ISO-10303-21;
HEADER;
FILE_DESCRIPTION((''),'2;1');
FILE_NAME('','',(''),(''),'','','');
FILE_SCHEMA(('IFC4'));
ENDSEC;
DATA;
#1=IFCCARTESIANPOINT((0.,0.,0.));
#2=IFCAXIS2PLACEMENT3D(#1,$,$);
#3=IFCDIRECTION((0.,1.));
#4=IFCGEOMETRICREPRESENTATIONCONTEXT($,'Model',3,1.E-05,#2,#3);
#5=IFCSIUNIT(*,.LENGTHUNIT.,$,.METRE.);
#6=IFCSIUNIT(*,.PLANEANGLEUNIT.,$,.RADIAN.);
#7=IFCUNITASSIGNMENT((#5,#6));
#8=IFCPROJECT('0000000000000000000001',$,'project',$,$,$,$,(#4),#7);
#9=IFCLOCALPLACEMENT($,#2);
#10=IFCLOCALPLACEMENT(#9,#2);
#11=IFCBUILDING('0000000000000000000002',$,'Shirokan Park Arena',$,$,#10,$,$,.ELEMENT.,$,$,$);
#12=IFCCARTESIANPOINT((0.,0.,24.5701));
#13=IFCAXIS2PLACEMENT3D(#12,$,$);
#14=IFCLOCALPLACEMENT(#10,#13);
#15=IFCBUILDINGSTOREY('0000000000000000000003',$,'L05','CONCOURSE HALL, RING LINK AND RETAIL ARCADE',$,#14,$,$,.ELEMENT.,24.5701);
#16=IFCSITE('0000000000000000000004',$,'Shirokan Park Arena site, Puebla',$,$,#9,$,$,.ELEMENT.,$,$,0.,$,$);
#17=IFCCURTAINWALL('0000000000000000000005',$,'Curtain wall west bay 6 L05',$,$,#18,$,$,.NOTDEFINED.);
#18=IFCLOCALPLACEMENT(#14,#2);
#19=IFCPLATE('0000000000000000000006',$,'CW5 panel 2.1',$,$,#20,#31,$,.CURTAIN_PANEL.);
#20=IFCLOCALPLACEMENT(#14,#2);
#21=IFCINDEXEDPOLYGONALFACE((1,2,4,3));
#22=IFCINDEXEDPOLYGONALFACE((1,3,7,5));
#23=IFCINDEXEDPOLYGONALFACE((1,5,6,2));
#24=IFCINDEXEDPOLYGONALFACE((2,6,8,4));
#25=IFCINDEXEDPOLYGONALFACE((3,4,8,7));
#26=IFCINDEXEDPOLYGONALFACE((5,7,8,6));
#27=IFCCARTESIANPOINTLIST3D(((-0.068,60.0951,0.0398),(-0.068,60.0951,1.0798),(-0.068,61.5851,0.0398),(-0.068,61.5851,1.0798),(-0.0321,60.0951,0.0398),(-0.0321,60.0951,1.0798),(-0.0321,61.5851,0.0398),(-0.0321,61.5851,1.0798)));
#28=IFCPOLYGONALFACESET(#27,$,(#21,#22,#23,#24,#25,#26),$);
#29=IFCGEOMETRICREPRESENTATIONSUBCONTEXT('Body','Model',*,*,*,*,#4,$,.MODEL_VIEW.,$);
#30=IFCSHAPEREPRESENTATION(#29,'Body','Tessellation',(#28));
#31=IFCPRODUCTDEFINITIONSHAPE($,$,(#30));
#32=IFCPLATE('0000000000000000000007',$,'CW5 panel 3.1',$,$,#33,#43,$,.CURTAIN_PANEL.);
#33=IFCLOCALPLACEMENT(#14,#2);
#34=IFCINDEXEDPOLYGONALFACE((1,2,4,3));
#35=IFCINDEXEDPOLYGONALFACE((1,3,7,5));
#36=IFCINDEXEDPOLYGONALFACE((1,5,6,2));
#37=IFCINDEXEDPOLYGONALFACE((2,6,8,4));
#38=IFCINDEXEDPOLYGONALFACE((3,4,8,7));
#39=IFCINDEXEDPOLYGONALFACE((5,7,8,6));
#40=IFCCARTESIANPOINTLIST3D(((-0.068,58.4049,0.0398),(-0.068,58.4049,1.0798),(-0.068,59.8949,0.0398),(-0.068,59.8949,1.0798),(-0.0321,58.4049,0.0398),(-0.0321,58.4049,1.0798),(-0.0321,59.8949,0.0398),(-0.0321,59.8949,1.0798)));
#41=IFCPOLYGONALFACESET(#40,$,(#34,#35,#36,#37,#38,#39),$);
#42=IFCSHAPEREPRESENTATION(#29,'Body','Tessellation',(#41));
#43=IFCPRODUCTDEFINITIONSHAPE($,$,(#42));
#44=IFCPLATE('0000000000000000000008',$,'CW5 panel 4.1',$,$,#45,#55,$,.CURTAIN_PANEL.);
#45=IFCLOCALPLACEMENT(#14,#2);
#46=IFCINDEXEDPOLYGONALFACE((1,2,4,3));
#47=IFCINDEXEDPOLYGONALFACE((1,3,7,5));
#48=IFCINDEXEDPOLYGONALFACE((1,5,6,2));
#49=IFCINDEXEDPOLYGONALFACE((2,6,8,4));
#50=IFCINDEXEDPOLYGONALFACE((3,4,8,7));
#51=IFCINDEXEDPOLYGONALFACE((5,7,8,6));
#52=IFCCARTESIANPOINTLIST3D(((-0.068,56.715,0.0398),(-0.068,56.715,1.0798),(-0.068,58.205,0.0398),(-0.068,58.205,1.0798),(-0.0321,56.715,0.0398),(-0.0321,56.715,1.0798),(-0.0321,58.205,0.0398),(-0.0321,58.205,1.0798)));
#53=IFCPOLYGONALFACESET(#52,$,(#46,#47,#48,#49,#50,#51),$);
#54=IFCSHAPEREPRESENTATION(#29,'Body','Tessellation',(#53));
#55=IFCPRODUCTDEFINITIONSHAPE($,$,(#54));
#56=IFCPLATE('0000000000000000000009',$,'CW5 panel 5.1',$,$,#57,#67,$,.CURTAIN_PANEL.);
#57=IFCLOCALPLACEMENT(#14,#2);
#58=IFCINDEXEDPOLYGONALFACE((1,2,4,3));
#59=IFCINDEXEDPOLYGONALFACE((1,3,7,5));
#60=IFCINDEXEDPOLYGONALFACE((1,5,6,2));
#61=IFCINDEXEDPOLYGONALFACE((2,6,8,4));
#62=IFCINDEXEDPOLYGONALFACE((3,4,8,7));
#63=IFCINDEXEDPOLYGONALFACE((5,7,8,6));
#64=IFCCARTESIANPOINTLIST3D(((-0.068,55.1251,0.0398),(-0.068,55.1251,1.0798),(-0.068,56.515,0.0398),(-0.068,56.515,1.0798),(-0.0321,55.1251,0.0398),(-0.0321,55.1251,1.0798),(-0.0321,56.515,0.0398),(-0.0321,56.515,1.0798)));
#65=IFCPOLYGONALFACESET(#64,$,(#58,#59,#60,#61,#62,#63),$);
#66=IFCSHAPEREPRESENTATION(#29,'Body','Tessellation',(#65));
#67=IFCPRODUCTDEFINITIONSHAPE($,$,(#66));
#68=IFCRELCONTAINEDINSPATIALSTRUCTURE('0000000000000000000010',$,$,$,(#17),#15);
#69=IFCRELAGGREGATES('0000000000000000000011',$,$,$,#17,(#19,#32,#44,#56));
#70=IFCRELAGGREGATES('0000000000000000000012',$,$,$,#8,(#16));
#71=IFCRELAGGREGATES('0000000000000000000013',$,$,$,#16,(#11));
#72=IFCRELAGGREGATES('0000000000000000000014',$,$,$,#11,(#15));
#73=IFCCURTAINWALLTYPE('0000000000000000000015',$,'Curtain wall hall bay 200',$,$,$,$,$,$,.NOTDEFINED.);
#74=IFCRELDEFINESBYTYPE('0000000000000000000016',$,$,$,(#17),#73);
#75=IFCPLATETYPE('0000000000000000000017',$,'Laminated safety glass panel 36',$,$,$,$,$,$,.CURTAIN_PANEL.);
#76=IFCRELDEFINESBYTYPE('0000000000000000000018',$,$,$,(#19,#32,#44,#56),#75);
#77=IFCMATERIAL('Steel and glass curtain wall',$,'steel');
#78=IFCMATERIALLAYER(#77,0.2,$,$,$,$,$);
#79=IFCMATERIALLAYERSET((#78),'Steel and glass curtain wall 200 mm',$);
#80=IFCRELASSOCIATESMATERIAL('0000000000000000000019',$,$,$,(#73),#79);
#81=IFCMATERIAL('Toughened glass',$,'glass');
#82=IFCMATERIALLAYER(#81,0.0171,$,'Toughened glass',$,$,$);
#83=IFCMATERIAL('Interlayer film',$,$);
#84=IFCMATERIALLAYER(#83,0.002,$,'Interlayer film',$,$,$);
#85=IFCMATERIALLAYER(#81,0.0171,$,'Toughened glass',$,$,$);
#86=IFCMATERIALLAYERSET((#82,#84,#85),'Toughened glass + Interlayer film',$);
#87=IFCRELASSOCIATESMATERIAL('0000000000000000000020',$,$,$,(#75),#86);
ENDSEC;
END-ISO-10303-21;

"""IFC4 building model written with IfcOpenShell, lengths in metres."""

from ifc_helpers import new_model, si_unit, direction, frame, origin, origin_2d, place, context, subcontext, project, spatial, rectangle, extrude, material, layer, layer_set, type_object, element, aggregate, save


model = new_model("IFC4")

# Units and contexts
model_context = context("Model", 3, precision=1e-05, world=origin(), true_north=direction((0.0, 1.0)))
body_context = subcontext(model_context, "Body", "Model", "MODEL_VIEW")
ifc_project = project(units=[si_unit("LENGTHUNIT", "METRE"), si_unit("PLANEANGLEUNIT", "RADIAN")], contexts=[model_context])

# Site, building, storey
site_placement = place(None, origin())
site = spatial("IfcSite", under=ifc_project, at=site_placement, Name="Shirokan Park Arena site, Puebla", CompositionType="ELEMENT", RefElevation=0.0)
building_placement = place(site_placement, origin())
building = spatial("IfcBuilding", under=site, at=building_placement, Name="Shirokan Park Arena", CompositionType="ELEMENT")
storey_placement = place(building_placement, frame((0.0, 0.0, 24.5701)))
storey = spatial("IfcBuildingStorey", under=building, at=storey_placement, Name="L05", Description="CONCOURSE HALL, RING LINK AND RETAIL ARCADE", CompositionType="ELEMENT", Elevation=24.5701)

# Curtain wall
ifc_material_1 = material(Name="Steel and glass curtain wall", Category="steel")
ifc_layer_1 = layer(ifc_material_1, 0.2)
ifc_layer_set_1 = layer_set([ifc_layer_1], Name="Steel and glass curtain wall 200 mm")
curtain_wall_type = type_object("IfcCurtainWallType", Name="Curtain wall hall bay 200", PredefinedType="NOTDEFINED", material=ifc_layer_set_1)
curtain_wall_placement = place(storey_placement, origin())
curtain_wall = element("IfcCurtainWall", 1, at=curtain_wall_placement, inside=storey, type_object=curtain_wall_type, Name="Curtain wall west bay 6 L05", PredefinedType="NOTDEFINED")

# Plates
ifc_material_2 = material(Name="Toughened glass", Category="glass")
ifc_material_3 = material(Name="Interlayer film")
ifc_layer_2 = layer(ifc_material_2, 0.0171, Name="Toughened glass")
ifc_layer_3 = layer(ifc_material_3, 0.002, Name="Interlayer film")
ifc_layer_4 = layer(ifc_material_2, 0.0171, Name="Toughened glass")
ifc_layer_set_2 = layer_set([ifc_layer_2, ifc_layer_3, ifc_layer_4], Name="Toughened glass + Interlayer film")
plate_type_1 = type_object("IfcPlateType", Name="Laminated safety glass panel 36", PredefinedType="CURTAIN_PANEL", material=ifc_layer_set_2)
plate_1_placement = place(storey_placement, frame((-0.05, 60.8401, 0.0398), z_axis=(0.0, 0.0, 1.0), x_axis=(0.0, -1.0, 0.0)))
plate_1 = element("IfcPlate", 2, at=plate_1_placement, type_object=plate_type_1, Name="CW5 panel 2.1", PredefinedType="CURTAIN_PANEL", context=body_context, shape_type="SweptSolid", body=[
    extrude(rectangle(XDim=1.49, YDim=0.0359, at=origin_2d()), origin(), (0.0, 0.0, 1.0), 1.04),
])
plate_2_placement = place(storey_placement, frame((-0.05, 59.1499, 0.0398), z_axis=(0.0, 0.0, 1.0), x_axis=(0.0, -1.0, 0.0)))
plate_2 = element("IfcPlate", 3, at=plate_2_placement, type_object=plate_type_1, Name="CW5 panel 3.1", PredefinedType="CURTAIN_PANEL", context=body_context, shape_type="SweptSolid", body=[
    extrude(rectangle(XDim=1.49, YDim=0.0359, at=origin_2d()), origin(), (0.0, 0.0, 1.0), 1.04),
])
plate_3_placement = place(storey_placement, frame((-0.05, 57.46, 0.0398), z_axis=(0.0, 0.0, 1.0), x_axis=(0.0, -1.0, 0.0)))
plate_3 = element("IfcPlate", 4, at=plate_3_placement, type_object=plate_type_1, Name="CW5 panel 4.1", PredefinedType="CURTAIN_PANEL", context=body_context, shape_type="SweptSolid", body=[
    extrude(rectangle(XDim=1.49, YDim=0.0359, at=origin_2d()), origin(), (0.0, 0.0, 1.0), 1.04),
])
plate_4_placement = place(storey_placement, frame((-0.05, 55.8201, 0.0398), z_axis=(0.0, 0.0, 1.0), x_axis=(0.0, -1.0, 0.0)))
plate_4 = element("IfcPlate", 5, at=plate_4_placement, type_object=plate_type_1, Name="CW5 panel 5.1", PredefinedType="CURTAIN_PANEL", context=body_context, shape_type="SweptSolid", body=[
    extrude(rectangle(XDim=1.3899, YDim=0.0359, at=origin_2d()), origin(), (0.0, 0.0, 1.0), 1.04),
])
aggregate(curtain_wall, [plate_1, plate_2, plate_3, plate_4])

save(model, "model.ifc")
